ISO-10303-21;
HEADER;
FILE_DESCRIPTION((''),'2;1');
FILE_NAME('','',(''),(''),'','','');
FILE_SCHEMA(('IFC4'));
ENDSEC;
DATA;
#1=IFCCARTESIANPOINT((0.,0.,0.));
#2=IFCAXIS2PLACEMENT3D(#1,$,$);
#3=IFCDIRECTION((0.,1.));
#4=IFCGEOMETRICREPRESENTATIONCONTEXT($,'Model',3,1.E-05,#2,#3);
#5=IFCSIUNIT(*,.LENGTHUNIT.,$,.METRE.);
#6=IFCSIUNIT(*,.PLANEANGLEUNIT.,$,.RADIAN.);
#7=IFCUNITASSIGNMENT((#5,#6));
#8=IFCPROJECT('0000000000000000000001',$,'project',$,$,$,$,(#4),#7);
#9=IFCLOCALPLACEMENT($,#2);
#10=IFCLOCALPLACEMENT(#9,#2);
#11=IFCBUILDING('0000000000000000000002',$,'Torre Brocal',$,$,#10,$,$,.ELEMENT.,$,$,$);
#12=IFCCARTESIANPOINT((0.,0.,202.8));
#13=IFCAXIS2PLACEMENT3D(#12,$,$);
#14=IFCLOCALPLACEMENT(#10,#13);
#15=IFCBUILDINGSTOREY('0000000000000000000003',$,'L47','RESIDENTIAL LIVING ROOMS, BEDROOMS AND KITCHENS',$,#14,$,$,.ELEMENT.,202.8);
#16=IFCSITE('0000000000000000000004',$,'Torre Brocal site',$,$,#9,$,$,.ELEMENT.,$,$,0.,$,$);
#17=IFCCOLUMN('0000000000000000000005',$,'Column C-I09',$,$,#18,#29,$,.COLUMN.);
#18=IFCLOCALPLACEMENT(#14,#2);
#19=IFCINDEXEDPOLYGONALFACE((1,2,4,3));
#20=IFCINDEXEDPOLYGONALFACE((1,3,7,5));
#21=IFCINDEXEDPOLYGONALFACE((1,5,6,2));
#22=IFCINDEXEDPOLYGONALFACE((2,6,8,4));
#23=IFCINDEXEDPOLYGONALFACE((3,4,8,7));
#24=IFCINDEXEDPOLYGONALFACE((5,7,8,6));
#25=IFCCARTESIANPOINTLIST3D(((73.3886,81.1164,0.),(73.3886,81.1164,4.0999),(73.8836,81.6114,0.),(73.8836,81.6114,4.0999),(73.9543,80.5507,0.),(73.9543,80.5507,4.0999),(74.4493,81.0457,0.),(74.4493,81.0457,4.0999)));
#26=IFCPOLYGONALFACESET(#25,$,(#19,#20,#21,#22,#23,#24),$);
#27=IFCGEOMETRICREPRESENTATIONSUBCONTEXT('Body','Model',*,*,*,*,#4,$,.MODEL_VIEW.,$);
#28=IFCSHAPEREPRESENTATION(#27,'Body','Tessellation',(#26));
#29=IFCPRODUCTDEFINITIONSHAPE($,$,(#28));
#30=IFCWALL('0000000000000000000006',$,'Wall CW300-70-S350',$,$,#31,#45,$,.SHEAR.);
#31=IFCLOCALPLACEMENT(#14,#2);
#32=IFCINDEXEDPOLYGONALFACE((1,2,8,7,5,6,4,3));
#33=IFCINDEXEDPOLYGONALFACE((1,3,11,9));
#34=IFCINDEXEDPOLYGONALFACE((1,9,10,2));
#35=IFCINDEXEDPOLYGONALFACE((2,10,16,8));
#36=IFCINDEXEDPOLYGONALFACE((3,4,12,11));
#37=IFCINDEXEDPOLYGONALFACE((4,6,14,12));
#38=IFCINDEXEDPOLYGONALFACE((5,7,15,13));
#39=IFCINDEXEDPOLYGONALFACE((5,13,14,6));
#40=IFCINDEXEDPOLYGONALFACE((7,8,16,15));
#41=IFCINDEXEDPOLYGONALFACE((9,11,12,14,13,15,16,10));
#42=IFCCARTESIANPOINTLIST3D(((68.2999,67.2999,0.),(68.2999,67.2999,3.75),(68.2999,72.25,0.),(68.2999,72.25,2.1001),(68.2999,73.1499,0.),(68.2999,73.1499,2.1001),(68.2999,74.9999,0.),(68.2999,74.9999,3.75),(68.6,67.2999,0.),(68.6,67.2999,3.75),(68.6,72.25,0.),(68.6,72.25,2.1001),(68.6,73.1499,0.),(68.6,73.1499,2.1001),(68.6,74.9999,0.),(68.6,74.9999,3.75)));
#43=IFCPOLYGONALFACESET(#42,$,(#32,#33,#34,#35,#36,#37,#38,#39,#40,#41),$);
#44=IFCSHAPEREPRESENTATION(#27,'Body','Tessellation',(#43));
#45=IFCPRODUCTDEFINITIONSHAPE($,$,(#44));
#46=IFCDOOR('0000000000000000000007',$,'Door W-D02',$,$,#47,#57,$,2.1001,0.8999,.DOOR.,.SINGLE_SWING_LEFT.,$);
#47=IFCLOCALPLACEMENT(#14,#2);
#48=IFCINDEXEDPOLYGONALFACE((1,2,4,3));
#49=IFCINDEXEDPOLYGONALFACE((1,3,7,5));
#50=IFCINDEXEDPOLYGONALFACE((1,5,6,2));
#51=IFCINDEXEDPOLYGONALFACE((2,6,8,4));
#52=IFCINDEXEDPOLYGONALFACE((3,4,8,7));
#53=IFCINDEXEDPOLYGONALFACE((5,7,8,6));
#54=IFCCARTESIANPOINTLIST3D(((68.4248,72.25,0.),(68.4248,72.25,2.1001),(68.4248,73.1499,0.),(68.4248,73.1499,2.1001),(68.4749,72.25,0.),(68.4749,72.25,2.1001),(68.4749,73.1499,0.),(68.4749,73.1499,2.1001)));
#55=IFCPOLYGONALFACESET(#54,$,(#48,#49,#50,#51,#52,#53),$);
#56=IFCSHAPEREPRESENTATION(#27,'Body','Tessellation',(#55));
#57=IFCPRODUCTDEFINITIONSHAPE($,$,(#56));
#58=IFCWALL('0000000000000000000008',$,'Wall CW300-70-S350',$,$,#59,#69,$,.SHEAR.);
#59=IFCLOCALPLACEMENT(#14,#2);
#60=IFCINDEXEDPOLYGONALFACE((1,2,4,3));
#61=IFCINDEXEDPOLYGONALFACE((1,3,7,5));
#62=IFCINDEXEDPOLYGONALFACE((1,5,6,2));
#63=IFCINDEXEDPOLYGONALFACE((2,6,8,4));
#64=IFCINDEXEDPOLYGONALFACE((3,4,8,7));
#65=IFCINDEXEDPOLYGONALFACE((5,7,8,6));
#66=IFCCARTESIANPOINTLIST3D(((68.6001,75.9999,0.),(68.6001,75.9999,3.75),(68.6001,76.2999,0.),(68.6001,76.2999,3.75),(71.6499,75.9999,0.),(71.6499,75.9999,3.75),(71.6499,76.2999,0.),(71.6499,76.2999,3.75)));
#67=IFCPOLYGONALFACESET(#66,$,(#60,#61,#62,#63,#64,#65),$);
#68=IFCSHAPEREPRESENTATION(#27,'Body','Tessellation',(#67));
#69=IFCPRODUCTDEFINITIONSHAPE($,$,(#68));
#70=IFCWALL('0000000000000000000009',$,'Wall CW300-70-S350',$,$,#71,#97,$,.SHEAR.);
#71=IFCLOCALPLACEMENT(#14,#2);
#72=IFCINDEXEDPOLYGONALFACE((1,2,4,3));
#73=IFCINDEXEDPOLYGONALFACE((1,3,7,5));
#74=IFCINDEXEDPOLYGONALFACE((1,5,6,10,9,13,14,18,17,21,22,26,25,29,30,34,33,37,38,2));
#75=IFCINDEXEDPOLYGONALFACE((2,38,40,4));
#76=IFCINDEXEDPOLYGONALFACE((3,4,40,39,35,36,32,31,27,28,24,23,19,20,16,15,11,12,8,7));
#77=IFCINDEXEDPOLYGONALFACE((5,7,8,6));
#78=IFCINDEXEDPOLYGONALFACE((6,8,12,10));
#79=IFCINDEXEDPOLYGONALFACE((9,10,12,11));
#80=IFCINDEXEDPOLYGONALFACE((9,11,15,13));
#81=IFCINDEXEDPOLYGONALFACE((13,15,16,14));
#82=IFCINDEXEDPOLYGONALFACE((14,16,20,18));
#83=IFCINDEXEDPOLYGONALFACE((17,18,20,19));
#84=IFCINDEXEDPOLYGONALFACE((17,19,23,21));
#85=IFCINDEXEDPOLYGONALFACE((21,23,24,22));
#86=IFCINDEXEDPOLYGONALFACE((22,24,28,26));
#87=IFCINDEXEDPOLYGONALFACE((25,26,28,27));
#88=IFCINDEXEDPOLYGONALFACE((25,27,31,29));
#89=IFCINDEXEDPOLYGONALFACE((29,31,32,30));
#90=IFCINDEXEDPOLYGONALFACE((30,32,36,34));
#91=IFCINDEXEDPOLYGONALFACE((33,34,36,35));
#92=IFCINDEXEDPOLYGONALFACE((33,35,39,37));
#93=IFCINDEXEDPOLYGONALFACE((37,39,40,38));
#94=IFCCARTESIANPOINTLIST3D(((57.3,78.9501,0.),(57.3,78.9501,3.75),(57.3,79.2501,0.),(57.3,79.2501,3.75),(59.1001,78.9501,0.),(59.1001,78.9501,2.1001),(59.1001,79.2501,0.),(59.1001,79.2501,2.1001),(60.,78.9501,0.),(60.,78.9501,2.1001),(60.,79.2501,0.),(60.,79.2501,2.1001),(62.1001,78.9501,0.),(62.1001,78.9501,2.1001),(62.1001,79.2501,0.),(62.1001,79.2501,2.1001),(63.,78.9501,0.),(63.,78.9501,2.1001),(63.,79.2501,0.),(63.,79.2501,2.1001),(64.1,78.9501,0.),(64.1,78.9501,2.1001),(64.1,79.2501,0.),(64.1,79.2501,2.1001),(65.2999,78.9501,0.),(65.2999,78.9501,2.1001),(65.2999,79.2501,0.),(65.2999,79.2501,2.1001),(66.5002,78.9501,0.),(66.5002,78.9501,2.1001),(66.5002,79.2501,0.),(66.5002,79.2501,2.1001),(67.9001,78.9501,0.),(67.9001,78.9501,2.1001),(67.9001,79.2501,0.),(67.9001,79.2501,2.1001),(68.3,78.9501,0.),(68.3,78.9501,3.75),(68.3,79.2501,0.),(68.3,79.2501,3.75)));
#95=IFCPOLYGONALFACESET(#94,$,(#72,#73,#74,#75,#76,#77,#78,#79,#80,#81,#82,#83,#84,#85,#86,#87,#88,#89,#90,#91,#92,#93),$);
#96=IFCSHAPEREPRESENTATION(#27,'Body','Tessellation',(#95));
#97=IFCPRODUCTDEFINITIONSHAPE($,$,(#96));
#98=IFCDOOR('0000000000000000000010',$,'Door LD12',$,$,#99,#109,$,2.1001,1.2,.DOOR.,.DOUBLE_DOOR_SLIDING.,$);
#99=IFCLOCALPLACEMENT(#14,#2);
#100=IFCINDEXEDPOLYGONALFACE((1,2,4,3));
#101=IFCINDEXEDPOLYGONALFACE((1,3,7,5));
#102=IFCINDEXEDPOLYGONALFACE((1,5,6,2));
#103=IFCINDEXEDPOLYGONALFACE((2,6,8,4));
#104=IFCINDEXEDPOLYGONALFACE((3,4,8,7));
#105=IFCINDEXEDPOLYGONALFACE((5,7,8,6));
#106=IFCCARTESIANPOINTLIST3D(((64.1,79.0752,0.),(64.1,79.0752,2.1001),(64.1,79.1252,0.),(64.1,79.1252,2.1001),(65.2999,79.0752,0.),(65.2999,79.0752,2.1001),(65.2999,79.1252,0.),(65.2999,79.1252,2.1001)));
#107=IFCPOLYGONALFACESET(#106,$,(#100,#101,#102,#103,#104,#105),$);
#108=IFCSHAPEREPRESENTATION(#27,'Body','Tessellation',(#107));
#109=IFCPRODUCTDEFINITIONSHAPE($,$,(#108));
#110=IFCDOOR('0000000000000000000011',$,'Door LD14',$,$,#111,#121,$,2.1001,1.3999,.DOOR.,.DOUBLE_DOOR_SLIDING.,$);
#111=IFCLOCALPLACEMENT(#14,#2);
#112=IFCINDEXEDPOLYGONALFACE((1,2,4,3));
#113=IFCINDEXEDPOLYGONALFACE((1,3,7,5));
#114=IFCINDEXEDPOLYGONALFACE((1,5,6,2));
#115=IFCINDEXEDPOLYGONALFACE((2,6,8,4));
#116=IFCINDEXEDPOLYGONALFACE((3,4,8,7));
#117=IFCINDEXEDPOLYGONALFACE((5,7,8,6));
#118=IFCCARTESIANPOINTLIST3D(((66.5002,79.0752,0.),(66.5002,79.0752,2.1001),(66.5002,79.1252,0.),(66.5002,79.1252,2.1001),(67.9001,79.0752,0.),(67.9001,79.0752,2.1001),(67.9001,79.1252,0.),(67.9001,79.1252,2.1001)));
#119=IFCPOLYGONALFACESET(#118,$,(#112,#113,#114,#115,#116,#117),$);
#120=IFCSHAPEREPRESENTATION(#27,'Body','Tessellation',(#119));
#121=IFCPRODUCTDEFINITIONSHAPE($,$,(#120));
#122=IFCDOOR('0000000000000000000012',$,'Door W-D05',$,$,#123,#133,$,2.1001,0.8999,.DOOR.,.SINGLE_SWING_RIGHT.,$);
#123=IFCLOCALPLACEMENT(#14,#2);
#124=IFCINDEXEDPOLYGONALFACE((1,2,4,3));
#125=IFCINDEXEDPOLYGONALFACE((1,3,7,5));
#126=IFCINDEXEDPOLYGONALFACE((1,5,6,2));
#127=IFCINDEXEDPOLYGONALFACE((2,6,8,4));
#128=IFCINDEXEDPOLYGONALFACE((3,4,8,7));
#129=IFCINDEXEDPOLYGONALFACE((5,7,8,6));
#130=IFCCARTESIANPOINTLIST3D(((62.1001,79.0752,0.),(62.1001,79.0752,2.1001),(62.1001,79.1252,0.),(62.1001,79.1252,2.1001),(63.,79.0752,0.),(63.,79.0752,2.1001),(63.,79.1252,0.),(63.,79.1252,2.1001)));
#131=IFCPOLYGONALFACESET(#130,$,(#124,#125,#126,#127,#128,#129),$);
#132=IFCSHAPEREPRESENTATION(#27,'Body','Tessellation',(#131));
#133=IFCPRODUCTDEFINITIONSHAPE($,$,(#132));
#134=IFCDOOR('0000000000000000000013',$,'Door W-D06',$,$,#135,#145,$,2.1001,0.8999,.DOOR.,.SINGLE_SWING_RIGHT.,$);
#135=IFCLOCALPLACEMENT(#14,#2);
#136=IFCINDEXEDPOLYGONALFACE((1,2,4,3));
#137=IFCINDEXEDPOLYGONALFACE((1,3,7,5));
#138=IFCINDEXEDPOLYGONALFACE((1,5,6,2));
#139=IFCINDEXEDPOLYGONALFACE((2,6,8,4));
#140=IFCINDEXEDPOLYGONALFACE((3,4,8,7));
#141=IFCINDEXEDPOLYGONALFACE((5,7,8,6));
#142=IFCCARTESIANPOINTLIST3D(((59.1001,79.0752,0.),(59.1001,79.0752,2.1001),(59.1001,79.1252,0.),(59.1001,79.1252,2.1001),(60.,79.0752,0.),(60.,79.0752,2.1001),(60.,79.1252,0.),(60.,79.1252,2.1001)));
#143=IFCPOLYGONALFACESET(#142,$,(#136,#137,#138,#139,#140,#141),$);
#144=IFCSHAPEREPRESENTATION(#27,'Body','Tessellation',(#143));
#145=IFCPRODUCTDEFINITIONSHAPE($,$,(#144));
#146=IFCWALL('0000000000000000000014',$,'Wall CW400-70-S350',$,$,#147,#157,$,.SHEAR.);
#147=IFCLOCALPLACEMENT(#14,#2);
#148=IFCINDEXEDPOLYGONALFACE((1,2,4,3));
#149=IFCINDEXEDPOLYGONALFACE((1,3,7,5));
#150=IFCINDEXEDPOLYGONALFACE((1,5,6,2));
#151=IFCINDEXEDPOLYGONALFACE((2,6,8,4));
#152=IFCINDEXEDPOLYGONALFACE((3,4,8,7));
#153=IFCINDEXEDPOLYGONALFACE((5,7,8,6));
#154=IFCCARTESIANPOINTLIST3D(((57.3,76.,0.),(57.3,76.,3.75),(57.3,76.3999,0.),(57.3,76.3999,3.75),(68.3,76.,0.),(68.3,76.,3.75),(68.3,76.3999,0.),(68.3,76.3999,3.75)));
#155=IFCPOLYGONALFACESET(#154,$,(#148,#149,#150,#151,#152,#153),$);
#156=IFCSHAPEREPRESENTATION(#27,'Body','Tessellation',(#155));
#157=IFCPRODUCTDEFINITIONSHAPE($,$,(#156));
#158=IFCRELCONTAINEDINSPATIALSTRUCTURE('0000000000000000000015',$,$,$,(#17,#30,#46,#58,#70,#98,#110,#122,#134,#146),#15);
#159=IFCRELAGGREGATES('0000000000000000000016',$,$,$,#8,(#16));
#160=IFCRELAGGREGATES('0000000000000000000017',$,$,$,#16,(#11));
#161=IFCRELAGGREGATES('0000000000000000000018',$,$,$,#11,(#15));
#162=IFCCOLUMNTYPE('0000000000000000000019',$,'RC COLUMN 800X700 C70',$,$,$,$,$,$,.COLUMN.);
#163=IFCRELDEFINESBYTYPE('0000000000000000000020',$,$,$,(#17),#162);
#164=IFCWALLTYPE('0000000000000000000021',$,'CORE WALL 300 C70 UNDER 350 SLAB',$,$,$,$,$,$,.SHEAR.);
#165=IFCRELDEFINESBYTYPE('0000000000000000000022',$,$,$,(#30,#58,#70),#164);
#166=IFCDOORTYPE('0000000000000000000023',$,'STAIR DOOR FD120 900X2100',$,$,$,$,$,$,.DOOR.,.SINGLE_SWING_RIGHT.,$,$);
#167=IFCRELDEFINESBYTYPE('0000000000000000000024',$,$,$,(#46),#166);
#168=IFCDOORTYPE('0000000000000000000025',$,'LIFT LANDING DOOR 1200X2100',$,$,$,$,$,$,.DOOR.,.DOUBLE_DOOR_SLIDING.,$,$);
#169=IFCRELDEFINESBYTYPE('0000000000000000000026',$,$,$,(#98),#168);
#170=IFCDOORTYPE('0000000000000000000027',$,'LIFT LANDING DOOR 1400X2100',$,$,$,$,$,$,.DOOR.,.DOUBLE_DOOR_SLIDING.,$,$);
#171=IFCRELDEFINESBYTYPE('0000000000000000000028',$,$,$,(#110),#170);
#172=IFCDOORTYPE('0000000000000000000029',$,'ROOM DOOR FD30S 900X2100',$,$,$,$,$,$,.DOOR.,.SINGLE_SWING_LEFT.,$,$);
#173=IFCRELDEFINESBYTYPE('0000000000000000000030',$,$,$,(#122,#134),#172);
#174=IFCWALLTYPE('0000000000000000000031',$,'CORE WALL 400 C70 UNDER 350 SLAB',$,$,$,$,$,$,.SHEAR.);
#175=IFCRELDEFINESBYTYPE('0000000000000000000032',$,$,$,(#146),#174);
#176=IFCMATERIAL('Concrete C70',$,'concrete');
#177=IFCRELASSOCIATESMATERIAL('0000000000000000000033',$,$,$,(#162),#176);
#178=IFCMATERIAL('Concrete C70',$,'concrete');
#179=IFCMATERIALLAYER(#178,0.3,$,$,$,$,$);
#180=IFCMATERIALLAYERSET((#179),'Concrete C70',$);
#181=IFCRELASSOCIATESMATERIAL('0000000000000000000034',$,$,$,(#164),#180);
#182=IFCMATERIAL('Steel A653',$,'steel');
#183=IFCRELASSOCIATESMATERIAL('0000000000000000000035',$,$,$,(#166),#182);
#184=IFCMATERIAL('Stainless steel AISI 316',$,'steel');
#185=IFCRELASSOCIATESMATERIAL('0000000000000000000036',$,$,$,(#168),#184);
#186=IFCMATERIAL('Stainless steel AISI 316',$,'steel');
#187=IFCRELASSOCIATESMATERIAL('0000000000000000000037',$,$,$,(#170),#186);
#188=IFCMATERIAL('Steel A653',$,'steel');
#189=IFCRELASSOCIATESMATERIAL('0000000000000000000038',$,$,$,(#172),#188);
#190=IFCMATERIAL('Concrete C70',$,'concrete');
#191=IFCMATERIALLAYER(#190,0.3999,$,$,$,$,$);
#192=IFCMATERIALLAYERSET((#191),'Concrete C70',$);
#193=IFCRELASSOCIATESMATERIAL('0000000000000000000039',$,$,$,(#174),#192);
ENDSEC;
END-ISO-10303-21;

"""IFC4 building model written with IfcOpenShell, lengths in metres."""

from ifc_helpers import new_model, si_unit, direction, frame, frame_2d, origin, origin_2d, place, context, subcontext, project, spatial, rectangle, extrude, material, layer, layer_set, material_profile, profile_set, type_object, element, fill, save


model = new_model("IFC4")

# Units and contexts
model_context = context("Model", 3, precision=1e-05, world=origin(), true_north=direction((0.0, 1.0)))
body_context = subcontext(model_context, "Body", "Model", "MODEL_VIEW")
ifc_project = project(units=[si_unit("LENGTHUNIT", "METRE"), si_unit("PLANEANGLEUNIT", "RADIAN")], contexts=[model_context])

# Site, building, storey
site_placement = place(None, origin())
site = spatial("IfcSite", under=ifc_project, at=site_placement, Name="Torre Brocal site", CompositionType="ELEMENT", RefElevation=0.0)
building_placement = place(site_placement, origin())
building = spatial("IfcBuilding", under=site, at=building_placement, Name="Torre Brocal", CompositionType="ELEMENT")
storey_placement = place(building_placement, frame((0.0, 0.0, 202.8)))
storey = spatial("IfcBuildingStorey", under=building, at=storey_placement, Name="L47", Description="RESIDENTIAL LIVING ROOMS, BEDROOMS AND KITCHENS", CompositionType="ELEMENT", Elevation=202.8)

# Column
ifc_material_1 = material(Name="Concrete C70", Category="concrete")
ifc_material_profile = material_profile(ifc_material_1, rectangle(XDim=0.8, YDim=0.7, at=origin_2d()), Name="RC 800X700")
ifc_profile_set = profile_set([ifc_material_profile], Name="Concrete C70")
column_type = type_object("IfcColumnType", Name="RC COLUMN 800X700 C70", PredefinedType="COLUMN", material=ifc_profile_set)
column_placement = place(storey_placement, frame((73.9189, 81.0811, 0.0), z_axis=(0.0, 0.0, 1.0), x_axis=(-0.707107, 0.707107, 0.0)))
element("IfcColumn", 1, at=column_placement, inside=storey, type_object=column_type, Name="Column C-I09", PredefinedType="COLUMN", context=body_context, shape_type="SweptSolid", body=[
    extrude(rectangle(XDim=0.8, YDim=0.7, at=origin_2d()), origin(), (0.0, 0.0, 1.0), 4.0999),
])

# Wall, opening, door
ifc_material_2 = material(Name="Concrete C70", Category="concrete")
ifc_layer_1 = layer(ifc_material_2, 0.3)
ifc_layer_set_1 = layer_set([ifc_layer_1], Name="Concrete C70")
wall_type_1 = type_object("IfcWallType", Name="CORE WALL 300 C70 UNDER 350 SLAB", PredefinedType="SHEAR", material=ifc_layer_set_1)
wall_1_placement = place(storey_placement, frame((68.45, 75.0, 0.0), z_axis=(0.0, 0.0, 1.0), x_axis=(0.0, -1.0, 0.0)))
wall_1 = element("IfcWall", 2, at=wall_1_placement, inside=storey, type_object=wall_type_1, Name="Wall CW300-70-S350", PredefinedType="SHEAR", context=body_context, shape_type="SweptSolid", body=[
    extrude(rectangle(XDim=7.7, YDim=0.3, at=frame_2d((3.8501, 0.0))), origin(), (0.0, 0.0, 1.0), 3.75),
])
opening_1_placement = place(wall_1_placement, frame((1.8501, 0.0, 0.0)))
opening_1 = element("IfcOpeningElement", 3, at=opening_1_placement, cuts=wall_1, PredefinedType="OPENING", context=body_context, shape_type="SweptSolid", body=[
    extrude(rectangle(XDim=0.8999, YDim=2.1001, at=frame_2d((0.45, 1.05))), frame((0.0, 0.1599, 0.0), z_axis=(0.0, -1.0, 0.0), x_axis=(1.0, 0.0, 0.0)), (0.0, 0.0, 1.0), 0.3201),
])
ifc_material_3 = material(Name="Steel A653", Category="steel")
door_type_1 = type_object("IfcDoorType", Name="STAIR DOOR FD120 900X2100", OperationType="SINGLE_SWING_RIGHT", PredefinedType="DOOR", material=ifc_material_3)
door_1_placement = place(opening_1_placement, origin())
door_1 = element("IfcDoor", 4, at=door_1_placement, inside=storey, type_object=door_type_1, Name="Door W-D02", OperationType="SINGLE_SWING_LEFT", OverallHeight=2.1001, OverallWidth=0.8999, PredefinedType="DOOR", context=body_context, shape_type="SweptSolid", body=[
    extrude(rectangle(XDim=0.8999, YDim=2.1001, at=frame_2d((0.45, 1.05))), frame((0.0, 0.0249, 0.0), z_axis=(0.0, -1.0, 0.0), x_axis=(1.0, 0.0, 0.0)), (0.0, 0.0, 1.0), 0.05),
])
fill(opening_1, door_1)

# Wall
wall_2_placement = place(storey_placement, frame((71.6499, 76.1499, 0.0), z_axis=(0.0, 0.0, 1.0), x_axis=(-1.0, 0.0, 0.0)))
element("IfcWall", 5, at=wall_2_placement, inside=storey, type_object=wall_type_1, Name="Wall CW300-70-S350", PredefinedType="SHEAR", context=body_context, shape_type="SweptSolid", body=[
    extrude(rectangle(XDim=3.0498, YDim=0.3, at=frame_2d((1.5249, 0.0))), origin(), (0.0, 0.0, 1.0), 3.75),
])

# Wall, openings, doors
wall_3_placement = place(storey_placement, frame((68.3, 79.1001, 0.0), z_axis=(0.0, 0.0, 1.0), x_axis=(-1.0, 0.0, 0.0)))
wall_3 = element("IfcWall", 6, at=wall_3_placement, inside=storey, type_object=wall_type_1, Name="Wall CW300-70-S350", PredefinedType="SHEAR", context=body_context, shape_type="SweptSolid", body=[
    extrude(rectangle(XDim=11.0, YDim=0.3, at=frame_2d((5.5, 0.0))), origin(), (0.0, 0.0, 1.0), 3.75),
])
opening_2_placement = place(wall_3_placement, frame((0.3999, 0.0, 0.0)))
opening_2 = element("IfcOpeningElement", 7, at=opening_2_placement, cuts=wall_3, PredefinedType="OPENING", context=body_context, shape_type="SweptSolid", body=[
    extrude(rectangle(XDim=1.3999, YDim=2.1001, at=frame_2d((0.7, 1.05))), frame((0.0, 0.1599, 0.0), z_axis=(0.0, -1.0, 0.0), x_axis=(1.0, 0.0, 0.0)), (0.0, 0.0, 1.0), 0.3201),
])
opening_3_placement = place(wall_3_placement, frame((3.0, 0.0, 0.0)))
opening_3 = element("IfcOpeningElement", 8, at=opening_3_placement, cuts=wall_3, PredefinedType="OPENING", context=body_context, shape_type="SweptSolid", body=[
    extrude(rectangle(XDim=1.2, YDim=2.1001, at=frame_2d((0.6001, 1.05))), frame((0.0, 0.1599, 0.0), z_axis=(0.0, -1.0, 0.0), x_axis=(1.0, 0.0, 0.0)), (0.0, 0.0, 1.0), 0.3201),
])
opening_4_placement = place(wall_3_placement, frame((5.3, 0.0, 0.0)))
opening_4 = element("IfcOpeningElement", 9, at=opening_4_placement, cuts=wall_3, PredefinedType="OPENING", context=body_context, shape_type="SweptSolid", body=[
    extrude(rectangle(XDim=0.8999, YDim=2.1001, at=frame_2d((0.45, 1.05))), frame((0.0, 0.1599, 0.0), z_axis=(0.0, -1.0, 0.0), x_axis=(1.0, 0.0, 0.0)), (0.0, 0.0, 1.0), 0.3201),
])
opening_5_placement = place(wall_3_placement, frame((8.3, 0.0, 0.0)))
opening_5 = element("IfcOpeningElement", 10, at=opening_5_placement, cuts=wall_3, PredefinedType="OPENING", context=body_context, shape_type="SweptSolid", body=[
    extrude(rectangle(XDim=0.8999, YDim=2.1001, at=frame_2d((0.45, 1.05))), frame((0.0, 0.1599, 0.0), z_axis=(0.0, -1.0, 0.0), x_axis=(1.0, 0.0, 0.0)), (0.0, 0.0, 1.0), 0.3201),
])
ifc_material_4 = material(Name="Stainless steel AISI 316", Category="steel")
door_type_2 = type_object("IfcDoorType", Name="LIFT LANDING DOOR 1200X2100", OperationType="DOUBLE_DOOR_SLIDING", PredefinedType="DOOR", material=ifc_material_4)
door_2_placement = place(opening_3_placement, origin())
door_2 = element("IfcDoor", 11, at=door_2_placement, inside=storey, type_object=door_type_2, Name="Door LD12", OperationType="DOUBLE_DOOR_SLIDING", OverallHeight=2.1001, OverallWidth=1.2, PredefinedType="DOOR", context=body_context, shape_type="SweptSolid", body=[
    extrude(rectangle(XDim=1.2, YDim=2.1001, at=frame_2d((0.6001, 1.05))), frame((0.0, 0.0249, 0.0), z_axis=(0.0, -1.0, 0.0), x_axis=(1.0, 0.0, 0.0)), (0.0, 0.0, 1.0), 0.05),
])
fill(opening_3, door_2)
ifc_material_5 = material(Name="Stainless steel AISI 316", Category="steel")
door_type_3 = type_object("IfcDoorType", Name="LIFT LANDING DOOR 1400X2100", OperationType="DOUBLE_DOOR_SLIDING", PredefinedType="DOOR", material=ifc_material_5)
door_3_placement = place(opening_2_placement, origin())
door_3 = element("IfcDoor", 12, at=door_3_placement, inside=storey, type_object=door_type_3, Name="Door LD14", OperationType="DOUBLE_DOOR_SLIDING", OverallHeight=2.1001, OverallWidth=1.3999, PredefinedType="DOOR", context=body_context, shape_type="SweptSolid", body=[
    extrude(rectangle(XDim=1.3999, YDim=2.1001, at=frame_2d((0.7, 1.05))), frame((0.0, 0.0249, 0.0), z_axis=(0.0, -1.0, 0.0), x_axis=(1.0, 0.0, 0.0)), (0.0, 0.0, 1.0), 0.05),
])
fill(opening_2, door_3)
ifc_material_6 = material(Name="Steel A653", Category="steel")
door_type_4 = type_object("IfcDoorType", Name="ROOM DOOR FD30S 900X2100", OperationType="SINGLE_SWING_LEFT", PredefinedType="DOOR", material=ifc_material_6)
door_4_placement = place(opening_4_placement, origin())
door_4 = element("IfcDoor", 13, at=door_4_placement, inside=storey, type_object=door_type_4, Name="Door W-D05", OperationType="SINGLE_SWING_RIGHT", OverallHeight=2.1001, OverallWidth=0.8999, PredefinedType="DOOR", context=body_context, shape_type="SweptSolid", body=[
    extrude(rectangle(XDim=0.8999, YDim=2.1001, at=frame_2d((0.45, 1.05))), frame((0.0, 0.0249, 0.0), z_axis=(0.0, -1.0, 0.0), x_axis=(1.0, 0.0, 0.0)), (0.0, 0.0, 1.0), 0.05),
])
fill(opening_4, door_4)
door_5_placement = place(opening_5_placement, origin())
door_5 = element("IfcDoor", 14, at=door_5_placement, inside=storey, type_object=door_type_4, Name="Door W-D06", OperationType="SINGLE_SWING_RIGHT", OverallHeight=2.1001, OverallWidth=0.8999, PredefinedType="DOOR", context=body_context, shape_type="SweptSolid", body=[
    extrude(rectangle(XDim=0.8999, YDim=2.1001, at=frame_2d((0.45, 1.05))), frame((0.0, 0.0249, 0.0), z_axis=(0.0, -1.0, 0.0), x_axis=(1.0, 0.0, 0.0)), (0.0, 0.0, 1.0), 0.05),
])
fill(opening_5, door_5)

# Wall
ifc_material_7 = material(Name="Concrete C70", Category="concrete")
ifc_layer_2 = layer(ifc_material_7, 0.3999)
ifc_layer_set_2 = layer_set([ifc_layer_2], Name="Concrete C70")
wall_type_2 = type_object("IfcWallType", Name="CORE WALL 400 C70 UNDER 350 SLAB", PredefinedType="SHEAR", material=ifc_layer_set_2)
wall_4_placement = place(storey_placement, frame((68.3, 76.2, 0.0), z_axis=(0.0, 0.0, 1.0), x_axis=(-1.0, 0.0, 0.0)))
element("IfcWall", 15, at=wall_4_placement, inside=storey, type_object=wall_type_2, Name="Wall CW400-70-S350", PredefinedType="SHEAR", context=body_context, shape_type="SweptSolid", body=[
    extrude(rectangle(XDim=11.0, YDim=0.3999, at=frame_2d((5.5, 0.0))), origin(), (0.0, 0.0, 1.0), 3.75),
])

save(model, "model.ifc")
